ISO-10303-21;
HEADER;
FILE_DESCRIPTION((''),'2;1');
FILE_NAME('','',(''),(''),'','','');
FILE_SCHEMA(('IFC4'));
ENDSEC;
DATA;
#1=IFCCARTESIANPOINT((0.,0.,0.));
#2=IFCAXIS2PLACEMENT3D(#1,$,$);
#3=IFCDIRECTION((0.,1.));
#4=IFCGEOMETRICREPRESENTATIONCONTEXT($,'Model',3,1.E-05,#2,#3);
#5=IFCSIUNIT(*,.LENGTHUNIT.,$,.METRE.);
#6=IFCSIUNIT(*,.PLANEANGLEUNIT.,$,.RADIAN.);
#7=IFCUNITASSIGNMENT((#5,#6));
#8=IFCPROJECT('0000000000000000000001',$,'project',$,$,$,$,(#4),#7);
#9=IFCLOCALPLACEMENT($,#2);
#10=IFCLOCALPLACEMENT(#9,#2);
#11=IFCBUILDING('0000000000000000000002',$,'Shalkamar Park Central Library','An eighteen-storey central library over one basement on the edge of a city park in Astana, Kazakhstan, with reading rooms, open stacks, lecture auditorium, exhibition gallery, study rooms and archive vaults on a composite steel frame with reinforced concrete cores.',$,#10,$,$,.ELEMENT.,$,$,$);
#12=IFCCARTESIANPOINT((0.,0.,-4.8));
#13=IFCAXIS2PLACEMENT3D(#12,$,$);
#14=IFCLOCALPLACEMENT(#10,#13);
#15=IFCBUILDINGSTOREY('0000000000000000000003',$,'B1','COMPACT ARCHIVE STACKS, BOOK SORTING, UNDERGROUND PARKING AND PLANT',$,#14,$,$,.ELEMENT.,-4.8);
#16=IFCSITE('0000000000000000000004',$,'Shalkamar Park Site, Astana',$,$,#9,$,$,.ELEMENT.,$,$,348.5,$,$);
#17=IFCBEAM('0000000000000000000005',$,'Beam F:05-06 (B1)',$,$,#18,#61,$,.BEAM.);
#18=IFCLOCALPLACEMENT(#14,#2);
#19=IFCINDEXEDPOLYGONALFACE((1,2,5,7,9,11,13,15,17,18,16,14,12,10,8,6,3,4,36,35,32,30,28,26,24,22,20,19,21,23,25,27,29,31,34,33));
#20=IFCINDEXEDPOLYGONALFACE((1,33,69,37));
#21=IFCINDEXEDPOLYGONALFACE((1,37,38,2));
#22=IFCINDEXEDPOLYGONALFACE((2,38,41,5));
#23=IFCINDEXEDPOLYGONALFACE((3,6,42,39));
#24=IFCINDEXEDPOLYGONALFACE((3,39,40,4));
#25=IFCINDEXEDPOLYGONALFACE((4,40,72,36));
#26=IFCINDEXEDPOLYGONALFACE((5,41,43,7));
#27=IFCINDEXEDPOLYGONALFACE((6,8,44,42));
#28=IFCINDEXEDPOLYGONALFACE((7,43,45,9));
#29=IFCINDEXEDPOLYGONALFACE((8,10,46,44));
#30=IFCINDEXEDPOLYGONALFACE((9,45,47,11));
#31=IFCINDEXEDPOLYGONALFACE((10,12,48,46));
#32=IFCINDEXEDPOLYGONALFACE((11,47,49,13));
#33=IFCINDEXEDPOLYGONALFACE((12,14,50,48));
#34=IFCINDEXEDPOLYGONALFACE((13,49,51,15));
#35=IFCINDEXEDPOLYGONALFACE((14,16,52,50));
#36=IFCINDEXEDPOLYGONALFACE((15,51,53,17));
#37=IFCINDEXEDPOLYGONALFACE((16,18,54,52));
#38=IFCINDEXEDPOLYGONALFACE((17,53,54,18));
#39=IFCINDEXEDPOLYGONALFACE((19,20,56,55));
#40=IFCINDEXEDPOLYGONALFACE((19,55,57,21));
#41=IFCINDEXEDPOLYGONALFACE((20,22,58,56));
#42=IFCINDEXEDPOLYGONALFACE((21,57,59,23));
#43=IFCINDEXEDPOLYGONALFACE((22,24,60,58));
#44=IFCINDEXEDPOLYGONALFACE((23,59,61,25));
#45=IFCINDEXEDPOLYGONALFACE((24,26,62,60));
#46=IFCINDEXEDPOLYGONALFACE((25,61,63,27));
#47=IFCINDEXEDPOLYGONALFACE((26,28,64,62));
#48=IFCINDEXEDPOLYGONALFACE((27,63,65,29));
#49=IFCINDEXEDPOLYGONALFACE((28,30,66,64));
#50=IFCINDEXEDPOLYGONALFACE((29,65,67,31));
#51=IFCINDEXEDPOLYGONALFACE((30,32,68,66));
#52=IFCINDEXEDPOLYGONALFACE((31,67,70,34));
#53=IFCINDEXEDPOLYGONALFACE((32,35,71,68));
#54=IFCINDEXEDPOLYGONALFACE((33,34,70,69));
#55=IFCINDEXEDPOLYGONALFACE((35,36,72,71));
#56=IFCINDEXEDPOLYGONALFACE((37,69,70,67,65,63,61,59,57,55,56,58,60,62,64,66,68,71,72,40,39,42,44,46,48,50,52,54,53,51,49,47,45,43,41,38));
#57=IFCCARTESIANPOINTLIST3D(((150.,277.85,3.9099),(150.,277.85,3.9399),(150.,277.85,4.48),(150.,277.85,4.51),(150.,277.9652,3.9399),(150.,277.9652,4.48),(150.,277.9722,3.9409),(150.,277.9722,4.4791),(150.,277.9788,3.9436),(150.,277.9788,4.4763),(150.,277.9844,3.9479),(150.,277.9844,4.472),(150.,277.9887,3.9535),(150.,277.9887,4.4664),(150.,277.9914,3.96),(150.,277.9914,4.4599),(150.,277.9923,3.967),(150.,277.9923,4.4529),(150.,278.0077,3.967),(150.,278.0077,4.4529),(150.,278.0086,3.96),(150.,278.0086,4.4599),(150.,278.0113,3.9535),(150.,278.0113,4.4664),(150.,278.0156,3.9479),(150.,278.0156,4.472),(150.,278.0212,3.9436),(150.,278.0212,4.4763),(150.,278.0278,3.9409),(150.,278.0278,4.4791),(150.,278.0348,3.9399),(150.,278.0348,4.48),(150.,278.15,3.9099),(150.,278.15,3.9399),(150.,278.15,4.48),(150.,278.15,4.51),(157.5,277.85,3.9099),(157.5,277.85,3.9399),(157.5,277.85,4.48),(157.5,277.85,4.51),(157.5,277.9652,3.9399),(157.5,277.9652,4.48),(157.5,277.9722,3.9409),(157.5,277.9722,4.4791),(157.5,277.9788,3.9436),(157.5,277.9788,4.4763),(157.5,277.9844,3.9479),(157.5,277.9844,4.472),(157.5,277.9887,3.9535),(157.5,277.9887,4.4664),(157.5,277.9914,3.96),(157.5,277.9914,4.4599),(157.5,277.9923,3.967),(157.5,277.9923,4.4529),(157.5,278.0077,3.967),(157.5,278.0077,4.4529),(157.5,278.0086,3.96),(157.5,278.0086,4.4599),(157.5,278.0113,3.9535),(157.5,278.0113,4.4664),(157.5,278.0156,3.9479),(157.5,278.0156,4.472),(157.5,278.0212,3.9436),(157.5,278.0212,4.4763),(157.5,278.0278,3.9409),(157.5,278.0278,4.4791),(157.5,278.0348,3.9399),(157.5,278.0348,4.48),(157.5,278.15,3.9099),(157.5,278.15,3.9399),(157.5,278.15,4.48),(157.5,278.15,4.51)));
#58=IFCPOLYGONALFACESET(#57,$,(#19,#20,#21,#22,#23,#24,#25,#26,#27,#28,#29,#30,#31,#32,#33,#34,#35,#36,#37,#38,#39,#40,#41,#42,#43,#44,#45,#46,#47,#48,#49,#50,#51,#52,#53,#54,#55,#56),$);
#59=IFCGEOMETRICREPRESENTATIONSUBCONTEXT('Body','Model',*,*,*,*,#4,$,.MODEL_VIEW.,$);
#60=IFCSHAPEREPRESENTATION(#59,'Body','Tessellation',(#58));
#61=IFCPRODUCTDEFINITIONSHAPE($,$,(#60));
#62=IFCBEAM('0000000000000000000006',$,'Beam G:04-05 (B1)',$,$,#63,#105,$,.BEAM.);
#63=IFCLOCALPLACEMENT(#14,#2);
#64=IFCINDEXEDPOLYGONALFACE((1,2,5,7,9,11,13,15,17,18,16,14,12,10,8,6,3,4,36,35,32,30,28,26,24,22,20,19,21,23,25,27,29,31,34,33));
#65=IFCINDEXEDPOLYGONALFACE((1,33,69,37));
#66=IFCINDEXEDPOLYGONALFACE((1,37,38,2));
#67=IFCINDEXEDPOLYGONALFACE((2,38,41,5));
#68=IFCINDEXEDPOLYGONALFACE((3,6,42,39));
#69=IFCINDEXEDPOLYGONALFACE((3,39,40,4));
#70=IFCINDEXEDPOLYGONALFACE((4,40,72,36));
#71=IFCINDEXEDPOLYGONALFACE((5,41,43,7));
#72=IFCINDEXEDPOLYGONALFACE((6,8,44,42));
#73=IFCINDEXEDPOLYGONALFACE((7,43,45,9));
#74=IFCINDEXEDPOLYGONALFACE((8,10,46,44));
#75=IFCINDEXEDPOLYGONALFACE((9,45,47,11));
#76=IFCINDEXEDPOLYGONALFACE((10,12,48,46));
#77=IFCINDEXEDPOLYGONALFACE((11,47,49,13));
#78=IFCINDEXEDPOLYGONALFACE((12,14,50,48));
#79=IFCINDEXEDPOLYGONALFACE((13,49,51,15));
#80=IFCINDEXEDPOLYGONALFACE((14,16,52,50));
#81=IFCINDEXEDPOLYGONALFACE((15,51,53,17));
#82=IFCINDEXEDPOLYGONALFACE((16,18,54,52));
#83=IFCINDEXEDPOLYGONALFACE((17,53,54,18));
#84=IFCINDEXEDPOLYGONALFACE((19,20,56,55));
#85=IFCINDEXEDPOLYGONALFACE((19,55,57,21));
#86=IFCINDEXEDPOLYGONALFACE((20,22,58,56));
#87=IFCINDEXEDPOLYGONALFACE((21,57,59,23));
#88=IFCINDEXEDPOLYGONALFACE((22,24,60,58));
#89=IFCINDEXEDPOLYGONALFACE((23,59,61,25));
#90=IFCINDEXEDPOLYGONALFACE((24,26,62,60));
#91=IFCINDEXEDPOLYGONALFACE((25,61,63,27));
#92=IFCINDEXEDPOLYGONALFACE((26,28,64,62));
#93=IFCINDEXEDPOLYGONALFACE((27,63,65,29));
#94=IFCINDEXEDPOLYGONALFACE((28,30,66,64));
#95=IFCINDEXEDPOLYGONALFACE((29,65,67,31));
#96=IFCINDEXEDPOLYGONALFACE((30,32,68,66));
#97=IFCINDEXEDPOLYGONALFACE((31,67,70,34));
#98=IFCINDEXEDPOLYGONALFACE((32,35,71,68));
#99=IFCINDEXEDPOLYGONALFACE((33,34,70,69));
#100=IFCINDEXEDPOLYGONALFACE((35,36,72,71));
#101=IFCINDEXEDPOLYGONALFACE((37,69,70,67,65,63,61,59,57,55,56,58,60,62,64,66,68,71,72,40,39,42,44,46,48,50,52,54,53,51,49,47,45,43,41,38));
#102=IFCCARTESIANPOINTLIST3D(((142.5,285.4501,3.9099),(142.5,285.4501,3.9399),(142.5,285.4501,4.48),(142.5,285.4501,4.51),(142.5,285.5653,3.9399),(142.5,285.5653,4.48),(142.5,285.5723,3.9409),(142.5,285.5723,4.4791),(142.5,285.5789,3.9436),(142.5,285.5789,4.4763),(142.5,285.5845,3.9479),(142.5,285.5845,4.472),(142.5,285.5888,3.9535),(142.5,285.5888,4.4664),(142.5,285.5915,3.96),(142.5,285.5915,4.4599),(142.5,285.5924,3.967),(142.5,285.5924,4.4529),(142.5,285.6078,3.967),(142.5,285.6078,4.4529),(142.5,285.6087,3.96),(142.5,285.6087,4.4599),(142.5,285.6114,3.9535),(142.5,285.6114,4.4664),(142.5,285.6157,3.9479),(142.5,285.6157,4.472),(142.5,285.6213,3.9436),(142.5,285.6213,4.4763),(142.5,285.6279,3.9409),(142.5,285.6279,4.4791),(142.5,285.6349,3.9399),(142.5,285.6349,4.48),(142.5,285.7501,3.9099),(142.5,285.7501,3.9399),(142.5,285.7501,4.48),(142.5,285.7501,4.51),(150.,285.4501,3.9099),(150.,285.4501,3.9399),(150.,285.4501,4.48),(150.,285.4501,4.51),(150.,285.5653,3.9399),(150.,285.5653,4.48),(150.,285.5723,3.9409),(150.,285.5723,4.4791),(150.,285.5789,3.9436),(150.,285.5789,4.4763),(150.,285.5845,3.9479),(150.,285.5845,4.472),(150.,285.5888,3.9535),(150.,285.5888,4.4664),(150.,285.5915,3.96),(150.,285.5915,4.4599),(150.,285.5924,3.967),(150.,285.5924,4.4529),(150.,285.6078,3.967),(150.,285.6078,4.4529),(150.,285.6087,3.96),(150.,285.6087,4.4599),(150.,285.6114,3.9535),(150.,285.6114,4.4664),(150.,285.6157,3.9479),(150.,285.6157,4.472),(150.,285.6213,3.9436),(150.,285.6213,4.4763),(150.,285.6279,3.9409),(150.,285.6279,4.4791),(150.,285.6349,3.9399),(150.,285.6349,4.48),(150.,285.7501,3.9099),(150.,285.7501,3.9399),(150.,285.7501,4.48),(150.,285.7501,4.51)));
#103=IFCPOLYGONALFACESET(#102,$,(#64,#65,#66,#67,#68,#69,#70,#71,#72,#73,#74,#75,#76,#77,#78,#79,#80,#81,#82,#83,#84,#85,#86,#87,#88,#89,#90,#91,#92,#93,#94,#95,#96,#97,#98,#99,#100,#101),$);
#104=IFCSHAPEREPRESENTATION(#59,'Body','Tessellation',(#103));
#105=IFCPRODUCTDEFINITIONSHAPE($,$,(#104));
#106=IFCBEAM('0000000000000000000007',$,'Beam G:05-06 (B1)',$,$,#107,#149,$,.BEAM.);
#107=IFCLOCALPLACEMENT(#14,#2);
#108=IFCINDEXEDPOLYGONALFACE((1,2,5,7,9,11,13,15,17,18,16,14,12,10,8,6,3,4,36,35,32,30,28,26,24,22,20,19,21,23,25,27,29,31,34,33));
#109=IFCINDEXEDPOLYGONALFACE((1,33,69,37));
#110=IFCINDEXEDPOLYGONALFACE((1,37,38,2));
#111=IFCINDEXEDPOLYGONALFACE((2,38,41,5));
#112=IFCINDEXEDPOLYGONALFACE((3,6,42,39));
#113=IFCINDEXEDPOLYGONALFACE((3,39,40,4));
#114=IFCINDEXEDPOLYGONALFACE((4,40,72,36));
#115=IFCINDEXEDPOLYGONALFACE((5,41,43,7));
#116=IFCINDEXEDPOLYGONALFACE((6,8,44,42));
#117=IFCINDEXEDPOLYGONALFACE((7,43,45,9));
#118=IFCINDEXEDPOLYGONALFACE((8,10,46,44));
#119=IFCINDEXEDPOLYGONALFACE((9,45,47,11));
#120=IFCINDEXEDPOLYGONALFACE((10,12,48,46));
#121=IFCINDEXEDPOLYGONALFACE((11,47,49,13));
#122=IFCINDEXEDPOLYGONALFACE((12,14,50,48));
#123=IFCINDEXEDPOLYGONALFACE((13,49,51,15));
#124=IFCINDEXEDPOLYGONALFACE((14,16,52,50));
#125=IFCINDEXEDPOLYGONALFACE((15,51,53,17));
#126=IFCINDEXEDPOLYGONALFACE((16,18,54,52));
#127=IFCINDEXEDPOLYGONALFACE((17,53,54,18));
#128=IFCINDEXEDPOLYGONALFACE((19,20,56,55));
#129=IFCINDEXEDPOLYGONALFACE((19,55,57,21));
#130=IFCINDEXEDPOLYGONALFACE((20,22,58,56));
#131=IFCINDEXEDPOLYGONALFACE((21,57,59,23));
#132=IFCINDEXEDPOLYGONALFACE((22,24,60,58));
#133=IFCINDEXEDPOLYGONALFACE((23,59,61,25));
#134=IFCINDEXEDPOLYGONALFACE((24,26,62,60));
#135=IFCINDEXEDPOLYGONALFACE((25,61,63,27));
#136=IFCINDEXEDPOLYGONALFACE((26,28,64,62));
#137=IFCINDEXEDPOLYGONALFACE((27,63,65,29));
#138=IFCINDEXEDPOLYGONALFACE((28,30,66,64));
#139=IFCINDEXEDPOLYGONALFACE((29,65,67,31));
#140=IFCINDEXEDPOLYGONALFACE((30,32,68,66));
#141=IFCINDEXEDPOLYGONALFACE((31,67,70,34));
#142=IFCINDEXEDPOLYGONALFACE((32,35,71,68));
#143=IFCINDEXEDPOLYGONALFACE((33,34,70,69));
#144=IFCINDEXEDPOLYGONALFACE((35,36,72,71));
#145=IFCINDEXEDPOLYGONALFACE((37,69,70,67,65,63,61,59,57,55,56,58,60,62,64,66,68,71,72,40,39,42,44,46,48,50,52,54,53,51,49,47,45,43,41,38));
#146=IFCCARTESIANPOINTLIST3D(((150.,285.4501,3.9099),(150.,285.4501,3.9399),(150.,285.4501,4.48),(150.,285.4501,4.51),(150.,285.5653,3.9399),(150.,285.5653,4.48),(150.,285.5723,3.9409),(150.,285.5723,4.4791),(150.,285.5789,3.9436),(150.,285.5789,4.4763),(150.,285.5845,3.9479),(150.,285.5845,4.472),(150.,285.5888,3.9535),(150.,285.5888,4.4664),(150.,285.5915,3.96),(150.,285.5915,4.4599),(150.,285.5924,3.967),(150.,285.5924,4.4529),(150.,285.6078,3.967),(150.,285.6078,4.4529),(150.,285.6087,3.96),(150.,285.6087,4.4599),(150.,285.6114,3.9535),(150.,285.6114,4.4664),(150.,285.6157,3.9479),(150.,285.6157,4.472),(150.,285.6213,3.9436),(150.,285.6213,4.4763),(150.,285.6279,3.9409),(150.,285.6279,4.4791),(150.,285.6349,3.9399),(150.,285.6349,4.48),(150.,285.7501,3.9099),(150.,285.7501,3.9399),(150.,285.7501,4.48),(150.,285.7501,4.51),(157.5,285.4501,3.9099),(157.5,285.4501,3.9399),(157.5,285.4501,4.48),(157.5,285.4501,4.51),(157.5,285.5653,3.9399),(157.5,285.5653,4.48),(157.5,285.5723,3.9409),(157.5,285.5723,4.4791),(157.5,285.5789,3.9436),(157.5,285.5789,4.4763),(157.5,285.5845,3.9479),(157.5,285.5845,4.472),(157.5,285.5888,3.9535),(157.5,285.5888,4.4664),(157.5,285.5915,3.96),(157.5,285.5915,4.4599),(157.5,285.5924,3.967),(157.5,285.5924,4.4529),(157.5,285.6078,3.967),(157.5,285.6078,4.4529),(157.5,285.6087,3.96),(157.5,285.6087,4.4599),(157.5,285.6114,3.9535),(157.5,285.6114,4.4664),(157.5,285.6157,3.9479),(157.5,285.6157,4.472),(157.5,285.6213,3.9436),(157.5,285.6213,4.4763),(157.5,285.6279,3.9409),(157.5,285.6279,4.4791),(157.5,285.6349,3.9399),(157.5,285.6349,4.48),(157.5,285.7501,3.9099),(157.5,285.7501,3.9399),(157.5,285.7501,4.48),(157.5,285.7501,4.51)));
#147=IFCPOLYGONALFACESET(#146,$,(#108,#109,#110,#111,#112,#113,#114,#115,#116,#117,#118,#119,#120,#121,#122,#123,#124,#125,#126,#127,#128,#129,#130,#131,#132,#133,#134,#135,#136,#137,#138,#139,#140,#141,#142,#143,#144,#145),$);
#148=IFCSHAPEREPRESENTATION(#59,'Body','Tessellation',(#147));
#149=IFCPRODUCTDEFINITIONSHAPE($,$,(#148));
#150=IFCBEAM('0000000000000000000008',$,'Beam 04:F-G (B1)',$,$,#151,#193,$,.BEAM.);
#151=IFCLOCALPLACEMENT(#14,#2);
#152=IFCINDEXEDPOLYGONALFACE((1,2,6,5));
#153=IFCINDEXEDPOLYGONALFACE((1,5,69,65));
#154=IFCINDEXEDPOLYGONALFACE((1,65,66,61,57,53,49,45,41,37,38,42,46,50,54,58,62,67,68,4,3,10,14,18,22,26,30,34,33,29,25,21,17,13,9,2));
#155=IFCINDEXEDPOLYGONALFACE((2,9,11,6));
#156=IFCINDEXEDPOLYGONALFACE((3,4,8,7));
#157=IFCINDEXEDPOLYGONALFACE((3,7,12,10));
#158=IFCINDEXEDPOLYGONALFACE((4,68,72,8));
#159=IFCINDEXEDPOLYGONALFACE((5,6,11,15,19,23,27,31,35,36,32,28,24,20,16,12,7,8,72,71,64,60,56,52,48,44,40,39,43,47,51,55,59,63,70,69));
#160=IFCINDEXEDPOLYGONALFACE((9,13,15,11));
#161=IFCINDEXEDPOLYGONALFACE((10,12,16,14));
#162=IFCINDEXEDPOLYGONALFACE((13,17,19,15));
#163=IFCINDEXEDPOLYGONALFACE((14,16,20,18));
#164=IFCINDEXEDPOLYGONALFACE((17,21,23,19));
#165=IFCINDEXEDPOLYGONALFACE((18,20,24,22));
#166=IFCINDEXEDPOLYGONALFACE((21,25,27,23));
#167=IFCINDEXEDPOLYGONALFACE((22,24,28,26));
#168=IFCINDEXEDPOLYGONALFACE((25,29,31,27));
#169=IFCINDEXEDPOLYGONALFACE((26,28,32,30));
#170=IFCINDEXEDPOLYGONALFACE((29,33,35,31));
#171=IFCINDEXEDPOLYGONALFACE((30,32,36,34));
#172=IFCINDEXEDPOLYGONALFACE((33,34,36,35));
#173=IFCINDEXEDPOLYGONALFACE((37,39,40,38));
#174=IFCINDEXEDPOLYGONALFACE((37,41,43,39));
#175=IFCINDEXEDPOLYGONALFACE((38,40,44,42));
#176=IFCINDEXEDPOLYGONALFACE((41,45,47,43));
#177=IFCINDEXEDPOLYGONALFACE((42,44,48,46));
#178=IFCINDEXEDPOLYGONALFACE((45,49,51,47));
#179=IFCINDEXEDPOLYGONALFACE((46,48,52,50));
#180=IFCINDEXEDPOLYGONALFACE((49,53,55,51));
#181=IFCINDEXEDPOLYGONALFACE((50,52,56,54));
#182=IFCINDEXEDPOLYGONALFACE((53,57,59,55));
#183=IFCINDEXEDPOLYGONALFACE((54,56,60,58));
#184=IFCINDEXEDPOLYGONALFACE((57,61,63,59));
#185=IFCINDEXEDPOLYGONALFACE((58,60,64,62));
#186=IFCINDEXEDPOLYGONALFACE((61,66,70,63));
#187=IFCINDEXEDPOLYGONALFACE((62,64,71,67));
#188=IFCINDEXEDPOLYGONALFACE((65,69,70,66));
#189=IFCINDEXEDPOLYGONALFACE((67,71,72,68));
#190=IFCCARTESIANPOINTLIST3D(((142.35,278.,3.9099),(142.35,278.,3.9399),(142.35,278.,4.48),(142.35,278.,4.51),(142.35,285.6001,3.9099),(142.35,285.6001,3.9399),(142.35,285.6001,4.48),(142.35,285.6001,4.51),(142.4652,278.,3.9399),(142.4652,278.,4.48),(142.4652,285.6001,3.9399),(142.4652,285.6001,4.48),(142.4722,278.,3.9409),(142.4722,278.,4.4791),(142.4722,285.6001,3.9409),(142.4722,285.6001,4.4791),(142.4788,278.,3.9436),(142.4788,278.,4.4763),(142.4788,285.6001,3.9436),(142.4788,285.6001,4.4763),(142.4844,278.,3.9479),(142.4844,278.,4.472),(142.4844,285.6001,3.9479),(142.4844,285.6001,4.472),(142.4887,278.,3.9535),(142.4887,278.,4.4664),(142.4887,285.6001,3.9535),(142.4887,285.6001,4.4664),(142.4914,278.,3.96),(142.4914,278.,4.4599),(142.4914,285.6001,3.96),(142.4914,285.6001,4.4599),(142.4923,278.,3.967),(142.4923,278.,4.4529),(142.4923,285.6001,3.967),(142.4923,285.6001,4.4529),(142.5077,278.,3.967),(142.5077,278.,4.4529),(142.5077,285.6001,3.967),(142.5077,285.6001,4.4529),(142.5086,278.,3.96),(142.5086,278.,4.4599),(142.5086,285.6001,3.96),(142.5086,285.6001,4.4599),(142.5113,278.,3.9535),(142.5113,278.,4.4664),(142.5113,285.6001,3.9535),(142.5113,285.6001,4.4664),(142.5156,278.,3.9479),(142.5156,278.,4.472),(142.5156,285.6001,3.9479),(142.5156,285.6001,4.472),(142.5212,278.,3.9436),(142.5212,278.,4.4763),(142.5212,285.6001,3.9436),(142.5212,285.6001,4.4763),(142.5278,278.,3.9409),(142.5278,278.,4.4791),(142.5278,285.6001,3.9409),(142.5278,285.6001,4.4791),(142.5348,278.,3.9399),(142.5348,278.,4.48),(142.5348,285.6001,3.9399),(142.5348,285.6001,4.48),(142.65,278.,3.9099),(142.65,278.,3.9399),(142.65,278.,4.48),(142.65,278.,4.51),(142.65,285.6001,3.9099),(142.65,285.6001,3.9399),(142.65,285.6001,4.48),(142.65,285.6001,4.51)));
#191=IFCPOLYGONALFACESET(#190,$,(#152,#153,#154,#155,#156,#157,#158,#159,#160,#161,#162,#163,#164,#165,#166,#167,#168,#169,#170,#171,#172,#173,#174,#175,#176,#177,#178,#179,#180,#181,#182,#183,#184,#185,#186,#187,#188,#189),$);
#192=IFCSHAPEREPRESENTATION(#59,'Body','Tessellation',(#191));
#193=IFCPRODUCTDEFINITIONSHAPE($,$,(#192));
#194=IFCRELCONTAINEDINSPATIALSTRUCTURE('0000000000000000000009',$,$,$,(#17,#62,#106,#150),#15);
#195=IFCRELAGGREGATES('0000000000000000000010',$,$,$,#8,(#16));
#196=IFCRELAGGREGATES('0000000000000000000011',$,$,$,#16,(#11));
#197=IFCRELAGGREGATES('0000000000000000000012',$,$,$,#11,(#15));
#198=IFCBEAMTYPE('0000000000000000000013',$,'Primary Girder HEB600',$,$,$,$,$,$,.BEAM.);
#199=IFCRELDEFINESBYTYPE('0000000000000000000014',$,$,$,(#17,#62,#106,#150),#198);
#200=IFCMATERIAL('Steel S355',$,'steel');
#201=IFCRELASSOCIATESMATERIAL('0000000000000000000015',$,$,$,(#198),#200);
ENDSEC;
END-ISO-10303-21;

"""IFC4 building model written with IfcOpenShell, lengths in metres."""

from ifc_helpers import new_model, si_unit, direction, frame, origin, origin_2d, place, context, subcontext, project, spatial, i_section, extrude, material, material_profile, profile_set, type_object, element, save


model = new_model("IFC4")

# Units and contexts
model_context = context("Model", 3, precision=1e-05, world=origin(), true_north=direction((0.0, 1.0)))
body_context = subcontext(model_context, "Body", "Model", "MODEL_VIEW")
ifc_project = project(units=[si_unit("LENGTHUNIT", "METRE"), si_unit("PLANEANGLEUNIT", "RADIAN")], contexts=[model_context])

# Site, building, storey
site_placement = place(None, origin())
site = spatial("IfcSite", under=ifc_project, at=site_placement, Name="Shalkamar Park Site, Astana", CompositionType="ELEMENT", RefElevation=348.5)
building_placement = place(site_placement, origin())
building = spatial("IfcBuilding", under=site, at=building_placement, Name="Shalkamar Park Central Library", Description="An eighteen-storey central library over one basement on the edge of a city park in Astana, Kazakhstan, with reading rooms, open stacks, lecture auditorium, exhibition gallery, study rooms and archive vaults on a composite steel frame with reinforced concrete cores.", CompositionType="ELEMENT")
storey_placement = place(building_placement, frame((0.0, 0.0, -4.8)))
storey = spatial("IfcBuildingStorey", under=building, at=storey_placement, Name="B1", Description="COMPACT ARCHIVE STACKS, BOOK SORTING, UNDERGROUND PARKING AND PLANT", CompositionType="ELEMENT", Elevation=-4.8)

# Shared definitions
ifc_material_1 = material(Name="Steel S355", Category="steel")

# Beams
ifc_material_profile_1 = material_profile(ifc_material_1, i_section(OverallWidth=0.3, OverallDepth=0.6001, WebThickness=0.0154, FlangeThickness=0.03, FilletRadius=0.0271, at=origin_2d()), Name="HEB 600")
ifc_profile_set_1 = profile_set([ifc_material_profile_1], Name="Steel S355")
beam_type = type_object("IfcBeamType", Name="Primary Girder HEB600", PredefinedType="BEAM", material=ifc_profile_set_1)
for number, where, z_axis, x_axis, name in (
    (1, (150.0, 278.0, 4.21), (1.0, 0.0, 0.0), (0.0, 1.0, 0.0), "Beam F:05-06 (B1)"),
    (2, (142.5, 285.6001, 4.21), (1.0, 0.0, 0.0), (0.0, 1.0, 0.0), "Beam G:04-05 (B1)"),
    (3, (150.0, 285.6001, 4.21), (1.0, 0.0, 0.0), (0.0, 1.0, 0.0), "Beam G:05-06 (B1)"),
):
    element("IfcBeam", number, at=place(storey_placement, frame(where, z_axis=z_axis, x_axis=x_axis)), inside=storey, type_object=beam_type, Name=name, PredefinedType="BEAM", context=body_context, shape_type="SweptSolid", body=[
        extrude(i_section(OverallWidth=0.3, OverallDepth=0.6001, WebThickness=0.0154, FlangeThickness=0.03, FilletRadius=0.0271, at=origin_2d()), origin(), (0.0, 0.0, 1.0), 7.5),
    ])
beam_1_placement = place(storey_placement, frame((142.5, 278.0, 4.21), z_axis=(0.0, 1.0, 0.0), x_axis=(-1.0, 0.0, 0.0)))
element("IfcBeam", 4, at=beam_1_placement, inside=storey, type_object=beam_type, Name="Beam 04:F-G (B1)", PredefinedType="BEAM", context=body_context, shape_type="SweptSolid", body=[
    extrude(i_section(OverallWidth=0.3, OverallDepth=0.6001, WebThickness=0.0154, FlangeThickness=0.03, FilletRadius=0.0271, at=origin_2d()), origin(), (0.0, 0.0, 1.0), 7.6001),
])

save(model, "model.ifc")
